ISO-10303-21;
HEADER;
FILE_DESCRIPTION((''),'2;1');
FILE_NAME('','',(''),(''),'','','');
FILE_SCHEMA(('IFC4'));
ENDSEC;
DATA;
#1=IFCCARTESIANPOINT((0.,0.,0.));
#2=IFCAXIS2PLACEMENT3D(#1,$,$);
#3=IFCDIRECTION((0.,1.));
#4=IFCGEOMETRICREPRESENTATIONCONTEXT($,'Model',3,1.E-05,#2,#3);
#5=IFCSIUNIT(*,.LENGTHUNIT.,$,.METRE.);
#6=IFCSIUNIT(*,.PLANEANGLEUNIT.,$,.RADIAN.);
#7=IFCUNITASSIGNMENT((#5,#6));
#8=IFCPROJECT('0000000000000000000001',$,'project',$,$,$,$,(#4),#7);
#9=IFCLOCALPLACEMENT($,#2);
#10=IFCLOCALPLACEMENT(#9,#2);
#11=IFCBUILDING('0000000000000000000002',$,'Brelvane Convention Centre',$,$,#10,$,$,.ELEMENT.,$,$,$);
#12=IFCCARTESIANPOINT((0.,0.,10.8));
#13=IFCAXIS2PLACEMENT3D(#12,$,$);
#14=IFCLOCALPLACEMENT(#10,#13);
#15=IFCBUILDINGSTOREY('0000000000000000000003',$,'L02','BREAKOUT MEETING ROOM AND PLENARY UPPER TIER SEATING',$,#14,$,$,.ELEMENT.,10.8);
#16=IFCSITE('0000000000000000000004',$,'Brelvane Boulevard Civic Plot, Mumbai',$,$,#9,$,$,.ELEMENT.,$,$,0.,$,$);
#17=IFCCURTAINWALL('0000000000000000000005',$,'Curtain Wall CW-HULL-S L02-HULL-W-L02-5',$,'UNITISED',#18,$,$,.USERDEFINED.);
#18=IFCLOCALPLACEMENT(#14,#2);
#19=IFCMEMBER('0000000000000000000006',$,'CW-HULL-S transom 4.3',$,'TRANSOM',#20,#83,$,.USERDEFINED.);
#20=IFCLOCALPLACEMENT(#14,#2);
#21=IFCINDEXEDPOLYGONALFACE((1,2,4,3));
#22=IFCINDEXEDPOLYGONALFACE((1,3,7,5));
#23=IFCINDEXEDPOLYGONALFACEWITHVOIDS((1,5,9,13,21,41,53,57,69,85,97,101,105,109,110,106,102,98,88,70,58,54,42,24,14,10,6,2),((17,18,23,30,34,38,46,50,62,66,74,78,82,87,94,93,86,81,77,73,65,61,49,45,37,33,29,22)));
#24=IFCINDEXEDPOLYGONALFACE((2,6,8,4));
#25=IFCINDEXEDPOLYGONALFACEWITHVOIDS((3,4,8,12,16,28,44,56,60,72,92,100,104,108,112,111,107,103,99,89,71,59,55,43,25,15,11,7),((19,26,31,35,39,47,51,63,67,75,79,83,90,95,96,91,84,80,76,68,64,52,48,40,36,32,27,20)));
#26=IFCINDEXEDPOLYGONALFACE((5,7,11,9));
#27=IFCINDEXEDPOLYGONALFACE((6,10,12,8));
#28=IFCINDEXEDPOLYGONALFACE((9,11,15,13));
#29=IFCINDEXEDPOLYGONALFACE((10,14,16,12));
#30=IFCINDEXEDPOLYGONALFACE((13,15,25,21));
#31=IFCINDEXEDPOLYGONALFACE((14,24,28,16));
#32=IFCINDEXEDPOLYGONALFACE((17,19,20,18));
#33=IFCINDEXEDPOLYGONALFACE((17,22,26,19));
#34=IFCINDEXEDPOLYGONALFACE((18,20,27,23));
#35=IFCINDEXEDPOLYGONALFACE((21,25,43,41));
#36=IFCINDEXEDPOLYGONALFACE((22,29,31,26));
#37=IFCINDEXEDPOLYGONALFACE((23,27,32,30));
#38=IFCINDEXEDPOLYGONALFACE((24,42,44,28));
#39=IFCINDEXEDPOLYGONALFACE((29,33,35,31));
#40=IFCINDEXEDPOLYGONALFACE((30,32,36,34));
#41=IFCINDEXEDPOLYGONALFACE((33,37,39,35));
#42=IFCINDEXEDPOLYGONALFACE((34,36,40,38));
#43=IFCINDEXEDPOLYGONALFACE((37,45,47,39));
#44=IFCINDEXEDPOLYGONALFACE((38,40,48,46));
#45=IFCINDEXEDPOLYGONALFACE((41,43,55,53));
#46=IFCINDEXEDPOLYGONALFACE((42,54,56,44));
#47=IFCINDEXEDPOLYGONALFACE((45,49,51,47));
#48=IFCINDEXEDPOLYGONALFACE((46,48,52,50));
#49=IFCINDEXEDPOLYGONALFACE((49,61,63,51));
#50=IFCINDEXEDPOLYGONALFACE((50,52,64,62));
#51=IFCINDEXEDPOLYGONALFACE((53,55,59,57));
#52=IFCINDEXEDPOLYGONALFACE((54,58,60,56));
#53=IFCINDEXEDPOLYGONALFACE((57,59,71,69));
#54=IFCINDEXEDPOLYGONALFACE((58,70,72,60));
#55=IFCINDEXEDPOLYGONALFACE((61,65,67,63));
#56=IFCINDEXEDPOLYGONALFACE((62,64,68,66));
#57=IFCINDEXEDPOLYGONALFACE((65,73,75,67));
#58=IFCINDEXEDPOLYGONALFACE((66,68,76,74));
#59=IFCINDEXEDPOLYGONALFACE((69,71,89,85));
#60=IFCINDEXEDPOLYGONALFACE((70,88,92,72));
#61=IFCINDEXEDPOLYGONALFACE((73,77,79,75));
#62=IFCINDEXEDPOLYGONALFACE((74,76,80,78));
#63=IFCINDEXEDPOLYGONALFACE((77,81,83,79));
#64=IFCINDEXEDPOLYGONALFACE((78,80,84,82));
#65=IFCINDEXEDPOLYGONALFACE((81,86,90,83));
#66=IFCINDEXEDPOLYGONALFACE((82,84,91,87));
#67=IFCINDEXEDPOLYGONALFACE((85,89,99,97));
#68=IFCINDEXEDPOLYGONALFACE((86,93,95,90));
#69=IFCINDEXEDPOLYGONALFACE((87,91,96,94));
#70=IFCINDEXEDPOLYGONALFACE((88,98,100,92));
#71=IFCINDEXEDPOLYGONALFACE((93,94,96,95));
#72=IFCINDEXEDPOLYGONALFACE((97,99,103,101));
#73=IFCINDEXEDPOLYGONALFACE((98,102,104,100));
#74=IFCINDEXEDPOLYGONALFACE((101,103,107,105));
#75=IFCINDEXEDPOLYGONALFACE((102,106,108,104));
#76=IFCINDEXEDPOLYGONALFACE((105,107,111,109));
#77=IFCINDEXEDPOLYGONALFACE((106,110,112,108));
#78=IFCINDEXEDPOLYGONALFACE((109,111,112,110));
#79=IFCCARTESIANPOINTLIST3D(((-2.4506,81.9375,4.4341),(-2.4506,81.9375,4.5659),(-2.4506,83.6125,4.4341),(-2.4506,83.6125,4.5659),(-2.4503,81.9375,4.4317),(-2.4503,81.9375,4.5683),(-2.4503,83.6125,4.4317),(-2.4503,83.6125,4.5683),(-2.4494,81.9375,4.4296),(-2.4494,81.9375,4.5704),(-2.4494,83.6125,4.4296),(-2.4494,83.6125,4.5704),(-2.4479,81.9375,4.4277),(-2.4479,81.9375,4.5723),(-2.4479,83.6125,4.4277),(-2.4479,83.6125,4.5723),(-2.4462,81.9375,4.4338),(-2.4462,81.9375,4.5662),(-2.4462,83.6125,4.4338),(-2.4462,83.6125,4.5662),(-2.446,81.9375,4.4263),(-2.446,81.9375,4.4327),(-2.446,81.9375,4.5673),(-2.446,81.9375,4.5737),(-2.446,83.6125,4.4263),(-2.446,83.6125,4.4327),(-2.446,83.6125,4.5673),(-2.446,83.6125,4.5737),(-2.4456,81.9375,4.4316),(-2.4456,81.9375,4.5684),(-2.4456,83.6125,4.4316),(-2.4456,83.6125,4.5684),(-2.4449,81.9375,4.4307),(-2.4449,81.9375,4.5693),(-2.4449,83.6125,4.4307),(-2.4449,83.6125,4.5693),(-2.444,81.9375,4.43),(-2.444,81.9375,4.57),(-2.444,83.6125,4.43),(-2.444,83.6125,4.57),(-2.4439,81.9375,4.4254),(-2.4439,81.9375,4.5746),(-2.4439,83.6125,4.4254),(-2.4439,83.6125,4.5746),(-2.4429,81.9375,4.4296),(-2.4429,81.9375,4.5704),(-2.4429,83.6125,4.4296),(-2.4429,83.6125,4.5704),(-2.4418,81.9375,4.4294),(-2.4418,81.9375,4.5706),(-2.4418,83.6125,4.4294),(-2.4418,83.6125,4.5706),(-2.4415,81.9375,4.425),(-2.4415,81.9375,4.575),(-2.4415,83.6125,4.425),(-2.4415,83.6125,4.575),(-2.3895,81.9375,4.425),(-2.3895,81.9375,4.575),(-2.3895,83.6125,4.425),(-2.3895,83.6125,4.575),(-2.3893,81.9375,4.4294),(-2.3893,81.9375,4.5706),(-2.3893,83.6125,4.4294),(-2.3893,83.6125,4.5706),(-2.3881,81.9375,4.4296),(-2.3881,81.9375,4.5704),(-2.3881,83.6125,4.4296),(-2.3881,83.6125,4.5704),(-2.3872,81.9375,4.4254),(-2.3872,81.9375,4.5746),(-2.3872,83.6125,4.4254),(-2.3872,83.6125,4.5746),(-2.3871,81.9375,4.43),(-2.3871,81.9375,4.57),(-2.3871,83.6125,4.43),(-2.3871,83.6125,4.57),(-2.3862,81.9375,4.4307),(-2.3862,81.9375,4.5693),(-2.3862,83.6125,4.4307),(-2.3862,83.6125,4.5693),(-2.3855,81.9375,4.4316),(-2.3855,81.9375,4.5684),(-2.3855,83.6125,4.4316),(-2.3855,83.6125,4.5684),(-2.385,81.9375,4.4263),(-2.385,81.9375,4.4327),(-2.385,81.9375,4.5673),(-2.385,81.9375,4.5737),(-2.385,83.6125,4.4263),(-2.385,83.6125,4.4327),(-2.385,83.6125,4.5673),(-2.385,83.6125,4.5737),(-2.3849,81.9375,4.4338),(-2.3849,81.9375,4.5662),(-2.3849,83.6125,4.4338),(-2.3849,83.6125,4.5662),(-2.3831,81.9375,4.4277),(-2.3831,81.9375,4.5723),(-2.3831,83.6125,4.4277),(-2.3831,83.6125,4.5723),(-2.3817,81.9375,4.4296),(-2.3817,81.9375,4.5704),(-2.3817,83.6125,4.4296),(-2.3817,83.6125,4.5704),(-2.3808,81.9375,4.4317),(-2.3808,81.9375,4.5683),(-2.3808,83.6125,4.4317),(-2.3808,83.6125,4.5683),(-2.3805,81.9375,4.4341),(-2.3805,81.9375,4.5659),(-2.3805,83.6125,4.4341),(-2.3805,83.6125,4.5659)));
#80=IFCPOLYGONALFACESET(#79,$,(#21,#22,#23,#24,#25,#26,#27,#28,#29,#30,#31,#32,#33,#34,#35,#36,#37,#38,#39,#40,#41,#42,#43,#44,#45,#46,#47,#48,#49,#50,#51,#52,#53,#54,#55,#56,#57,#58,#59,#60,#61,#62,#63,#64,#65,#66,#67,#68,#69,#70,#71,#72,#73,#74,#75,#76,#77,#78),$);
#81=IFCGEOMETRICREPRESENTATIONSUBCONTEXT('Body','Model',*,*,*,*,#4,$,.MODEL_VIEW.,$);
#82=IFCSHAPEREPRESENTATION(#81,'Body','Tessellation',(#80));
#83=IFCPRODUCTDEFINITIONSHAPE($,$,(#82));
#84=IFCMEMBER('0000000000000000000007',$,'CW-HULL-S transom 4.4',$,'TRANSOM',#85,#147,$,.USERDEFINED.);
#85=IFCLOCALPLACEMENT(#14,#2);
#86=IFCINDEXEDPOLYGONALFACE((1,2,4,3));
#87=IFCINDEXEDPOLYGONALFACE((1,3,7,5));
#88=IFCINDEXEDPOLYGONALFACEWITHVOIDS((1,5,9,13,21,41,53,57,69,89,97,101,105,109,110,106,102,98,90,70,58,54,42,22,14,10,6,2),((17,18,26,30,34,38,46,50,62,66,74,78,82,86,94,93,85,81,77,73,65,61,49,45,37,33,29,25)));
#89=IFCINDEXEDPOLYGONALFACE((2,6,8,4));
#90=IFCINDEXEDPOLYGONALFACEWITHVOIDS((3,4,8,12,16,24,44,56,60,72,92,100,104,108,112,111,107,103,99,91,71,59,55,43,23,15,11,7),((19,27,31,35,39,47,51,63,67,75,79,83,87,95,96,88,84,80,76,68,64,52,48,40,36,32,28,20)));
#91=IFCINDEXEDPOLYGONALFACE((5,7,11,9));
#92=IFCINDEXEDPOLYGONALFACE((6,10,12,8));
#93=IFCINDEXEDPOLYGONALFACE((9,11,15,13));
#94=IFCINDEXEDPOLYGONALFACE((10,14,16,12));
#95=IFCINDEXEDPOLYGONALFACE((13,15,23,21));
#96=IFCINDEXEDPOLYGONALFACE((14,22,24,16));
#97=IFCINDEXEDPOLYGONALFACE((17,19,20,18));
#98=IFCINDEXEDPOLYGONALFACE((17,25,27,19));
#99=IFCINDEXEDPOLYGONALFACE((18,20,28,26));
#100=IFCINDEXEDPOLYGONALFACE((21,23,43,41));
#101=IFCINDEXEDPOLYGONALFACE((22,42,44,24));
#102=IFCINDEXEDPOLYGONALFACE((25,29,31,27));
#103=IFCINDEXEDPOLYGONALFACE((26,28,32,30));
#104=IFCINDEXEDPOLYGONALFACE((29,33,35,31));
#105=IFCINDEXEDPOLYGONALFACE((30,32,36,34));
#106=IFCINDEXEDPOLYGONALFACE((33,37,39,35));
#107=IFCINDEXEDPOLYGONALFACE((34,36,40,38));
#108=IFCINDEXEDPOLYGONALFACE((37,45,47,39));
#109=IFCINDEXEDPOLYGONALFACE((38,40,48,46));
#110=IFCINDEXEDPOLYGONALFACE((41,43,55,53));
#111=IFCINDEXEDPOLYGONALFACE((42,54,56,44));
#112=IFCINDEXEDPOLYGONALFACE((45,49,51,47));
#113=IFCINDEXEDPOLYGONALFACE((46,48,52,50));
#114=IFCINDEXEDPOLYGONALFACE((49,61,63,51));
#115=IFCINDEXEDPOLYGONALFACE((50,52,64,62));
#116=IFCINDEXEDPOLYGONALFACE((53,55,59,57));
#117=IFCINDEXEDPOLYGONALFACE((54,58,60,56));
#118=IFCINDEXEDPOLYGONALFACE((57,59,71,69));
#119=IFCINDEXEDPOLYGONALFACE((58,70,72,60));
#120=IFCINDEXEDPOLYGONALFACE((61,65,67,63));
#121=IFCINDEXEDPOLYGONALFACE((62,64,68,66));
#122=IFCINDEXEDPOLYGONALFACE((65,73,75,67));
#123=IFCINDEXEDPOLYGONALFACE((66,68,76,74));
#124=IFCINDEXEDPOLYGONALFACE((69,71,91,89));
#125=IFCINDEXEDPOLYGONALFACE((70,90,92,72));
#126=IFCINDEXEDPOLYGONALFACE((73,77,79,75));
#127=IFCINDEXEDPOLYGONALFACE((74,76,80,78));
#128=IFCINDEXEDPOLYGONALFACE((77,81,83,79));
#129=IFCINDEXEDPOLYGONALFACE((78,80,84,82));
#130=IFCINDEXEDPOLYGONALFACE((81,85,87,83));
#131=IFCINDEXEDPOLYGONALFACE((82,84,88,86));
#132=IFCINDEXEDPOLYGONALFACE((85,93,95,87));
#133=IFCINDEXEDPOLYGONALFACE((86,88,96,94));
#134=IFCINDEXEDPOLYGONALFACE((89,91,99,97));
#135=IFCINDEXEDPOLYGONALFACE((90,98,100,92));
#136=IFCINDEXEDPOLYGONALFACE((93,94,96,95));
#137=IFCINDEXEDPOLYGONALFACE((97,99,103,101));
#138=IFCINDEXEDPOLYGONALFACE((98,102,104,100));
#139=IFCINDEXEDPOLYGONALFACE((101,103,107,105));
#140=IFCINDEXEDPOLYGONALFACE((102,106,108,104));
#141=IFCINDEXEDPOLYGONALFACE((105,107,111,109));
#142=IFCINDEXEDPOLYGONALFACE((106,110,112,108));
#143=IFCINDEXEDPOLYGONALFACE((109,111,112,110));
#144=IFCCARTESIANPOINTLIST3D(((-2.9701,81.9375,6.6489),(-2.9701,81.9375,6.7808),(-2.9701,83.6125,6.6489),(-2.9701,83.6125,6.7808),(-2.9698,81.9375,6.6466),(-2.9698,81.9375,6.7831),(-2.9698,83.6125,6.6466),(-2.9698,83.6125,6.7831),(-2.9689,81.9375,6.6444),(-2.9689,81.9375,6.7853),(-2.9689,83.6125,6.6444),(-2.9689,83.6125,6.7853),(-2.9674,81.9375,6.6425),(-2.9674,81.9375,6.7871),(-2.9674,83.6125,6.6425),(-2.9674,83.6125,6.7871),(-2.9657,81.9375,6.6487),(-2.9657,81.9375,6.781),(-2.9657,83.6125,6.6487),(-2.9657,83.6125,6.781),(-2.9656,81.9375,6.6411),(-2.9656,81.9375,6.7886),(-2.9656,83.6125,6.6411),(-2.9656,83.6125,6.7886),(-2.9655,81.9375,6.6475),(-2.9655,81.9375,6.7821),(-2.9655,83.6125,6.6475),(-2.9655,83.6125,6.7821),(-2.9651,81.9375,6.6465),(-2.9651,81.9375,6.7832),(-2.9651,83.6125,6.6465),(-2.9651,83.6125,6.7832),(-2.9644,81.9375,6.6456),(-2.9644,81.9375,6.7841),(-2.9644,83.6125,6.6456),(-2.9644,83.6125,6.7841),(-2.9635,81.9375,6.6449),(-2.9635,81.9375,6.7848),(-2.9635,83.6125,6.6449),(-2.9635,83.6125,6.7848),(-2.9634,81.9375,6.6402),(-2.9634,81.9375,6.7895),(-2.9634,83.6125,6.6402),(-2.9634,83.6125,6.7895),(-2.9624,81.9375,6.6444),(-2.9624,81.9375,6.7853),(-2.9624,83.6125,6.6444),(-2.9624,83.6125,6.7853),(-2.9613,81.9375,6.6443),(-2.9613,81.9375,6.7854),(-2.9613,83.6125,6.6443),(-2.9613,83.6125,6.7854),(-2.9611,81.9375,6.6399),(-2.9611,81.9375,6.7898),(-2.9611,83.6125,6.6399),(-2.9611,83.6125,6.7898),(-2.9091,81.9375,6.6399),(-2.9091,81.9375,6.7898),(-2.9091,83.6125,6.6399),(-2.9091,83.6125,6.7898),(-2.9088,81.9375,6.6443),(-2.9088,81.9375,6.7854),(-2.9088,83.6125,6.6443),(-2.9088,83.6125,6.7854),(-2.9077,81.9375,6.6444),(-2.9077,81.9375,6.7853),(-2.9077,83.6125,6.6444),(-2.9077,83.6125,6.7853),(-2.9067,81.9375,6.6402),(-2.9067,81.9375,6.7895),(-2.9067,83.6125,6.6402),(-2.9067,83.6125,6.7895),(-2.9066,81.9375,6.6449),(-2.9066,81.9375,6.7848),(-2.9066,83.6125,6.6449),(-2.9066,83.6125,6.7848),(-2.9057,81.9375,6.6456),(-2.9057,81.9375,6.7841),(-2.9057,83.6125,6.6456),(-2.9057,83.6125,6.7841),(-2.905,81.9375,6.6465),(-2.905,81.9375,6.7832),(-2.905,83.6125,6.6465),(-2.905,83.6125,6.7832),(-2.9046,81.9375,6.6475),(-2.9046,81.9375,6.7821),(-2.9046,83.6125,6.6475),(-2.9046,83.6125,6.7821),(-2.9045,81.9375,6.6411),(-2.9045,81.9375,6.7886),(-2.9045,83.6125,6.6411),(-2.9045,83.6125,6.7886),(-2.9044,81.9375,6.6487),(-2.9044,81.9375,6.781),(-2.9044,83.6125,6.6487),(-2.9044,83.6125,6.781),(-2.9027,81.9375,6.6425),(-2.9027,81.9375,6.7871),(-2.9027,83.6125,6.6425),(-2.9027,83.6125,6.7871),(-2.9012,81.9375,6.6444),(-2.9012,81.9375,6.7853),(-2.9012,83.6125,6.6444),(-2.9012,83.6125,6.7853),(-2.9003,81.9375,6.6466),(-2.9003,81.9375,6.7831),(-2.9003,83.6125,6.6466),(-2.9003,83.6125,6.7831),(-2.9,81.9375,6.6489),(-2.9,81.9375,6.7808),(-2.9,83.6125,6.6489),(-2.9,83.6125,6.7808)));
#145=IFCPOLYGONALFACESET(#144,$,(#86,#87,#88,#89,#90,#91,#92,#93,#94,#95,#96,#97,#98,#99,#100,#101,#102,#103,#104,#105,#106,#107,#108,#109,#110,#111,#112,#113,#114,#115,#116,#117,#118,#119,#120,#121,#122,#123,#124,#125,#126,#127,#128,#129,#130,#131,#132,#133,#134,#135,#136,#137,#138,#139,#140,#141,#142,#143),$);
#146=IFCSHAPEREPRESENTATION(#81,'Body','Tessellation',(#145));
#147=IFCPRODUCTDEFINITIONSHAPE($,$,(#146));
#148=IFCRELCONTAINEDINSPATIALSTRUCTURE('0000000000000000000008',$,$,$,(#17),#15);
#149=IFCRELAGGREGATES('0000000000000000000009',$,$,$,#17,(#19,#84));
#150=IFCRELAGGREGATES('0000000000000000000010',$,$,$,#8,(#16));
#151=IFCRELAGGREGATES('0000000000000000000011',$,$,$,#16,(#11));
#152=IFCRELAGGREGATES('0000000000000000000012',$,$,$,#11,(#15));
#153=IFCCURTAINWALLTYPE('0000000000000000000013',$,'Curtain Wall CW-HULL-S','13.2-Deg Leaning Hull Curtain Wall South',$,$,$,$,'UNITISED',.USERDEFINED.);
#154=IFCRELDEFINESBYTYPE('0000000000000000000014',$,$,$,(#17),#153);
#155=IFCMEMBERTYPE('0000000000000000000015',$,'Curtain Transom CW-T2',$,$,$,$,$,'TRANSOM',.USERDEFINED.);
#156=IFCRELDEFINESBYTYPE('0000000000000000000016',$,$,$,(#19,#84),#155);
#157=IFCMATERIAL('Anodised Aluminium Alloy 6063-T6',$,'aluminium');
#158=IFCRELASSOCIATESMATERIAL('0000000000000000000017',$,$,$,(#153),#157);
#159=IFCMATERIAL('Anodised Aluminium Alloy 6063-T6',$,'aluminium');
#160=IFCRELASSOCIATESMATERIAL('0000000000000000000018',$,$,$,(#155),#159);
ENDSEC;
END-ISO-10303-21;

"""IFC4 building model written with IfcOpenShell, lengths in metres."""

from ifc_helpers import new_model, si_unit, direction, frame, origin, origin_2d, place, context, subcontext, project, spatial, hollow_rectangle, extrude, material, material_profile, profile_set, type_object, element, aggregate, save


model = new_model("IFC4")

# Units and contexts
model_context = context("Model", 3, precision=1e-05, world=origin(), true_north=direction((0.0, 1.0)))
body_context = subcontext(model_context, "Body", "Model", "MODEL_VIEW")
ifc_project = project(units=[si_unit("LENGTHUNIT", "METRE"), si_unit("PLANEANGLEUNIT", "RADIAN")], contexts=[model_context])

# Site, building, storey
site_placement = place(None, origin())
site = spatial("IfcSite", under=ifc_project, at=site_placement, Name="Brelvane Boulevard Civic Plot, Mumbai", CompositionType="ELEMENT", RefElevation=0.0)
building_placement = place(site_placement, origin())
building = spatial("IfcBuilding", under=site, at=building_placement, Name="Brelvane Convention Centre", CompositionType="ELEMENT")
storey_placement = place(building_placement, frame((0.0, 0.0, 10.8)))
storey = spatial("IfcBuildingStorey", under=building, at=storey_placement, Name="L02", Description="BREAKOUT MEETING ROOM AND PLENARY UPPER TIER SEATING", CompositionType="ELEMENT", Elevation=10.8)

# Curtain wall, members
ifc_material_1 = material(Name="Anodised Aluminium Alloy 6063-T6", Category="aluminium")
curtain_wall_type = type_object("IfcCurtainWallType", Name="Curtain Wall CW-HULL-S", Description="13.2-Deg Leaning Hull Curtain Wall South", ElementType="UNITISED", PredefinedType="USERDEFINED", material=ifc_material_1)
curtain_wall_placement = place(storey_placement, origin())
curtain_wall = element("IfcCurtainWall", 1, at=curtain_wall_placement, inside=storey, type_object=curtain_wall_type, Name="Curtain Wall CW-HULL-S L02-HULL-W-L02-5", ObjectType="UNITISED", PredefinedType="USERDEFINED")
ifc_material_2 = material(Name="Anodised Aluminium Alloy 6063-T6", Category="aluminium")
ifc_material_profile_1 = material_profile(ifc_material_2, hollow_rectangle(XDim=0.0701, YDim=0.1499, WallThickness=0.0044, InnerFilletRadius=0.0044, OuterFilletRadius=0.009, at=origin_2d()), Name="ALU-T 150x70x4.5")
ifc_profile_set_1 = profile_set([ifc_material_profile_1], Name="Anodised Aluminium Alloy 6063-T6")
member_type_1 = type_object("IfcMemberType", Name="Curtain Transom CW-T2", ElementType="TRANSOM", PredefinedType="USERDEFINED", material=ifc_profile_set_1)
member_1_placement = place(storey_placement, frame((-2.4155, 81.9375, 4.5), z_axis=(0.0, 1.0, 0.0), x_axis=(-1.0, 0.0, 0.0)))
member_1 = element("IfcMember", 2, at=member_1_placement, type_object=member_type_1, Name="CW-HULL-S transom 4.3", ObjectType="TRANSOM", PredefinedType="USERDEFINED", context=body_context, shape_type="SweptSolid", body=[
    extrude(hollow_rectangle(XDim=0.0701, YDim=0.1499, WallThickness=0.0044, InnerFilletRadius=0.0044, OuterFilletRadius=0.009, at=origin_2d()), origin(), (0.0, 0.0, 1.0), 1.675),
])
member_2_placement = place(storey_placement, frame((-2.9351, 81.9375, 6.7148), z_axis=(0.0, 1.0, 0.0), x_axis=(-1.0, 0.0, 0.0)))
member_2 = element("IfcMember", 3, at=member_2_placement, type_object=member_type_1, Name="CW-HULL-S transom 4.4", ObjectType="TRANSOM", PredefinedType="USERDEFINED", context=body_context, shape_type="SweptSolid", body=[
    extrude(hollow_rectangle(XDim=0.0701, YDim=0.1499, WallThickness=0.0044, InnerFilletRadius=0.0044, OuterFilletRadius=0.009, at=origin_2d()), origin(), (0.0, 0.0, 1.0), 1.675),
])
aggregate(curtain_wall, [member_1, member_2])

save(model, "model.ifc")
